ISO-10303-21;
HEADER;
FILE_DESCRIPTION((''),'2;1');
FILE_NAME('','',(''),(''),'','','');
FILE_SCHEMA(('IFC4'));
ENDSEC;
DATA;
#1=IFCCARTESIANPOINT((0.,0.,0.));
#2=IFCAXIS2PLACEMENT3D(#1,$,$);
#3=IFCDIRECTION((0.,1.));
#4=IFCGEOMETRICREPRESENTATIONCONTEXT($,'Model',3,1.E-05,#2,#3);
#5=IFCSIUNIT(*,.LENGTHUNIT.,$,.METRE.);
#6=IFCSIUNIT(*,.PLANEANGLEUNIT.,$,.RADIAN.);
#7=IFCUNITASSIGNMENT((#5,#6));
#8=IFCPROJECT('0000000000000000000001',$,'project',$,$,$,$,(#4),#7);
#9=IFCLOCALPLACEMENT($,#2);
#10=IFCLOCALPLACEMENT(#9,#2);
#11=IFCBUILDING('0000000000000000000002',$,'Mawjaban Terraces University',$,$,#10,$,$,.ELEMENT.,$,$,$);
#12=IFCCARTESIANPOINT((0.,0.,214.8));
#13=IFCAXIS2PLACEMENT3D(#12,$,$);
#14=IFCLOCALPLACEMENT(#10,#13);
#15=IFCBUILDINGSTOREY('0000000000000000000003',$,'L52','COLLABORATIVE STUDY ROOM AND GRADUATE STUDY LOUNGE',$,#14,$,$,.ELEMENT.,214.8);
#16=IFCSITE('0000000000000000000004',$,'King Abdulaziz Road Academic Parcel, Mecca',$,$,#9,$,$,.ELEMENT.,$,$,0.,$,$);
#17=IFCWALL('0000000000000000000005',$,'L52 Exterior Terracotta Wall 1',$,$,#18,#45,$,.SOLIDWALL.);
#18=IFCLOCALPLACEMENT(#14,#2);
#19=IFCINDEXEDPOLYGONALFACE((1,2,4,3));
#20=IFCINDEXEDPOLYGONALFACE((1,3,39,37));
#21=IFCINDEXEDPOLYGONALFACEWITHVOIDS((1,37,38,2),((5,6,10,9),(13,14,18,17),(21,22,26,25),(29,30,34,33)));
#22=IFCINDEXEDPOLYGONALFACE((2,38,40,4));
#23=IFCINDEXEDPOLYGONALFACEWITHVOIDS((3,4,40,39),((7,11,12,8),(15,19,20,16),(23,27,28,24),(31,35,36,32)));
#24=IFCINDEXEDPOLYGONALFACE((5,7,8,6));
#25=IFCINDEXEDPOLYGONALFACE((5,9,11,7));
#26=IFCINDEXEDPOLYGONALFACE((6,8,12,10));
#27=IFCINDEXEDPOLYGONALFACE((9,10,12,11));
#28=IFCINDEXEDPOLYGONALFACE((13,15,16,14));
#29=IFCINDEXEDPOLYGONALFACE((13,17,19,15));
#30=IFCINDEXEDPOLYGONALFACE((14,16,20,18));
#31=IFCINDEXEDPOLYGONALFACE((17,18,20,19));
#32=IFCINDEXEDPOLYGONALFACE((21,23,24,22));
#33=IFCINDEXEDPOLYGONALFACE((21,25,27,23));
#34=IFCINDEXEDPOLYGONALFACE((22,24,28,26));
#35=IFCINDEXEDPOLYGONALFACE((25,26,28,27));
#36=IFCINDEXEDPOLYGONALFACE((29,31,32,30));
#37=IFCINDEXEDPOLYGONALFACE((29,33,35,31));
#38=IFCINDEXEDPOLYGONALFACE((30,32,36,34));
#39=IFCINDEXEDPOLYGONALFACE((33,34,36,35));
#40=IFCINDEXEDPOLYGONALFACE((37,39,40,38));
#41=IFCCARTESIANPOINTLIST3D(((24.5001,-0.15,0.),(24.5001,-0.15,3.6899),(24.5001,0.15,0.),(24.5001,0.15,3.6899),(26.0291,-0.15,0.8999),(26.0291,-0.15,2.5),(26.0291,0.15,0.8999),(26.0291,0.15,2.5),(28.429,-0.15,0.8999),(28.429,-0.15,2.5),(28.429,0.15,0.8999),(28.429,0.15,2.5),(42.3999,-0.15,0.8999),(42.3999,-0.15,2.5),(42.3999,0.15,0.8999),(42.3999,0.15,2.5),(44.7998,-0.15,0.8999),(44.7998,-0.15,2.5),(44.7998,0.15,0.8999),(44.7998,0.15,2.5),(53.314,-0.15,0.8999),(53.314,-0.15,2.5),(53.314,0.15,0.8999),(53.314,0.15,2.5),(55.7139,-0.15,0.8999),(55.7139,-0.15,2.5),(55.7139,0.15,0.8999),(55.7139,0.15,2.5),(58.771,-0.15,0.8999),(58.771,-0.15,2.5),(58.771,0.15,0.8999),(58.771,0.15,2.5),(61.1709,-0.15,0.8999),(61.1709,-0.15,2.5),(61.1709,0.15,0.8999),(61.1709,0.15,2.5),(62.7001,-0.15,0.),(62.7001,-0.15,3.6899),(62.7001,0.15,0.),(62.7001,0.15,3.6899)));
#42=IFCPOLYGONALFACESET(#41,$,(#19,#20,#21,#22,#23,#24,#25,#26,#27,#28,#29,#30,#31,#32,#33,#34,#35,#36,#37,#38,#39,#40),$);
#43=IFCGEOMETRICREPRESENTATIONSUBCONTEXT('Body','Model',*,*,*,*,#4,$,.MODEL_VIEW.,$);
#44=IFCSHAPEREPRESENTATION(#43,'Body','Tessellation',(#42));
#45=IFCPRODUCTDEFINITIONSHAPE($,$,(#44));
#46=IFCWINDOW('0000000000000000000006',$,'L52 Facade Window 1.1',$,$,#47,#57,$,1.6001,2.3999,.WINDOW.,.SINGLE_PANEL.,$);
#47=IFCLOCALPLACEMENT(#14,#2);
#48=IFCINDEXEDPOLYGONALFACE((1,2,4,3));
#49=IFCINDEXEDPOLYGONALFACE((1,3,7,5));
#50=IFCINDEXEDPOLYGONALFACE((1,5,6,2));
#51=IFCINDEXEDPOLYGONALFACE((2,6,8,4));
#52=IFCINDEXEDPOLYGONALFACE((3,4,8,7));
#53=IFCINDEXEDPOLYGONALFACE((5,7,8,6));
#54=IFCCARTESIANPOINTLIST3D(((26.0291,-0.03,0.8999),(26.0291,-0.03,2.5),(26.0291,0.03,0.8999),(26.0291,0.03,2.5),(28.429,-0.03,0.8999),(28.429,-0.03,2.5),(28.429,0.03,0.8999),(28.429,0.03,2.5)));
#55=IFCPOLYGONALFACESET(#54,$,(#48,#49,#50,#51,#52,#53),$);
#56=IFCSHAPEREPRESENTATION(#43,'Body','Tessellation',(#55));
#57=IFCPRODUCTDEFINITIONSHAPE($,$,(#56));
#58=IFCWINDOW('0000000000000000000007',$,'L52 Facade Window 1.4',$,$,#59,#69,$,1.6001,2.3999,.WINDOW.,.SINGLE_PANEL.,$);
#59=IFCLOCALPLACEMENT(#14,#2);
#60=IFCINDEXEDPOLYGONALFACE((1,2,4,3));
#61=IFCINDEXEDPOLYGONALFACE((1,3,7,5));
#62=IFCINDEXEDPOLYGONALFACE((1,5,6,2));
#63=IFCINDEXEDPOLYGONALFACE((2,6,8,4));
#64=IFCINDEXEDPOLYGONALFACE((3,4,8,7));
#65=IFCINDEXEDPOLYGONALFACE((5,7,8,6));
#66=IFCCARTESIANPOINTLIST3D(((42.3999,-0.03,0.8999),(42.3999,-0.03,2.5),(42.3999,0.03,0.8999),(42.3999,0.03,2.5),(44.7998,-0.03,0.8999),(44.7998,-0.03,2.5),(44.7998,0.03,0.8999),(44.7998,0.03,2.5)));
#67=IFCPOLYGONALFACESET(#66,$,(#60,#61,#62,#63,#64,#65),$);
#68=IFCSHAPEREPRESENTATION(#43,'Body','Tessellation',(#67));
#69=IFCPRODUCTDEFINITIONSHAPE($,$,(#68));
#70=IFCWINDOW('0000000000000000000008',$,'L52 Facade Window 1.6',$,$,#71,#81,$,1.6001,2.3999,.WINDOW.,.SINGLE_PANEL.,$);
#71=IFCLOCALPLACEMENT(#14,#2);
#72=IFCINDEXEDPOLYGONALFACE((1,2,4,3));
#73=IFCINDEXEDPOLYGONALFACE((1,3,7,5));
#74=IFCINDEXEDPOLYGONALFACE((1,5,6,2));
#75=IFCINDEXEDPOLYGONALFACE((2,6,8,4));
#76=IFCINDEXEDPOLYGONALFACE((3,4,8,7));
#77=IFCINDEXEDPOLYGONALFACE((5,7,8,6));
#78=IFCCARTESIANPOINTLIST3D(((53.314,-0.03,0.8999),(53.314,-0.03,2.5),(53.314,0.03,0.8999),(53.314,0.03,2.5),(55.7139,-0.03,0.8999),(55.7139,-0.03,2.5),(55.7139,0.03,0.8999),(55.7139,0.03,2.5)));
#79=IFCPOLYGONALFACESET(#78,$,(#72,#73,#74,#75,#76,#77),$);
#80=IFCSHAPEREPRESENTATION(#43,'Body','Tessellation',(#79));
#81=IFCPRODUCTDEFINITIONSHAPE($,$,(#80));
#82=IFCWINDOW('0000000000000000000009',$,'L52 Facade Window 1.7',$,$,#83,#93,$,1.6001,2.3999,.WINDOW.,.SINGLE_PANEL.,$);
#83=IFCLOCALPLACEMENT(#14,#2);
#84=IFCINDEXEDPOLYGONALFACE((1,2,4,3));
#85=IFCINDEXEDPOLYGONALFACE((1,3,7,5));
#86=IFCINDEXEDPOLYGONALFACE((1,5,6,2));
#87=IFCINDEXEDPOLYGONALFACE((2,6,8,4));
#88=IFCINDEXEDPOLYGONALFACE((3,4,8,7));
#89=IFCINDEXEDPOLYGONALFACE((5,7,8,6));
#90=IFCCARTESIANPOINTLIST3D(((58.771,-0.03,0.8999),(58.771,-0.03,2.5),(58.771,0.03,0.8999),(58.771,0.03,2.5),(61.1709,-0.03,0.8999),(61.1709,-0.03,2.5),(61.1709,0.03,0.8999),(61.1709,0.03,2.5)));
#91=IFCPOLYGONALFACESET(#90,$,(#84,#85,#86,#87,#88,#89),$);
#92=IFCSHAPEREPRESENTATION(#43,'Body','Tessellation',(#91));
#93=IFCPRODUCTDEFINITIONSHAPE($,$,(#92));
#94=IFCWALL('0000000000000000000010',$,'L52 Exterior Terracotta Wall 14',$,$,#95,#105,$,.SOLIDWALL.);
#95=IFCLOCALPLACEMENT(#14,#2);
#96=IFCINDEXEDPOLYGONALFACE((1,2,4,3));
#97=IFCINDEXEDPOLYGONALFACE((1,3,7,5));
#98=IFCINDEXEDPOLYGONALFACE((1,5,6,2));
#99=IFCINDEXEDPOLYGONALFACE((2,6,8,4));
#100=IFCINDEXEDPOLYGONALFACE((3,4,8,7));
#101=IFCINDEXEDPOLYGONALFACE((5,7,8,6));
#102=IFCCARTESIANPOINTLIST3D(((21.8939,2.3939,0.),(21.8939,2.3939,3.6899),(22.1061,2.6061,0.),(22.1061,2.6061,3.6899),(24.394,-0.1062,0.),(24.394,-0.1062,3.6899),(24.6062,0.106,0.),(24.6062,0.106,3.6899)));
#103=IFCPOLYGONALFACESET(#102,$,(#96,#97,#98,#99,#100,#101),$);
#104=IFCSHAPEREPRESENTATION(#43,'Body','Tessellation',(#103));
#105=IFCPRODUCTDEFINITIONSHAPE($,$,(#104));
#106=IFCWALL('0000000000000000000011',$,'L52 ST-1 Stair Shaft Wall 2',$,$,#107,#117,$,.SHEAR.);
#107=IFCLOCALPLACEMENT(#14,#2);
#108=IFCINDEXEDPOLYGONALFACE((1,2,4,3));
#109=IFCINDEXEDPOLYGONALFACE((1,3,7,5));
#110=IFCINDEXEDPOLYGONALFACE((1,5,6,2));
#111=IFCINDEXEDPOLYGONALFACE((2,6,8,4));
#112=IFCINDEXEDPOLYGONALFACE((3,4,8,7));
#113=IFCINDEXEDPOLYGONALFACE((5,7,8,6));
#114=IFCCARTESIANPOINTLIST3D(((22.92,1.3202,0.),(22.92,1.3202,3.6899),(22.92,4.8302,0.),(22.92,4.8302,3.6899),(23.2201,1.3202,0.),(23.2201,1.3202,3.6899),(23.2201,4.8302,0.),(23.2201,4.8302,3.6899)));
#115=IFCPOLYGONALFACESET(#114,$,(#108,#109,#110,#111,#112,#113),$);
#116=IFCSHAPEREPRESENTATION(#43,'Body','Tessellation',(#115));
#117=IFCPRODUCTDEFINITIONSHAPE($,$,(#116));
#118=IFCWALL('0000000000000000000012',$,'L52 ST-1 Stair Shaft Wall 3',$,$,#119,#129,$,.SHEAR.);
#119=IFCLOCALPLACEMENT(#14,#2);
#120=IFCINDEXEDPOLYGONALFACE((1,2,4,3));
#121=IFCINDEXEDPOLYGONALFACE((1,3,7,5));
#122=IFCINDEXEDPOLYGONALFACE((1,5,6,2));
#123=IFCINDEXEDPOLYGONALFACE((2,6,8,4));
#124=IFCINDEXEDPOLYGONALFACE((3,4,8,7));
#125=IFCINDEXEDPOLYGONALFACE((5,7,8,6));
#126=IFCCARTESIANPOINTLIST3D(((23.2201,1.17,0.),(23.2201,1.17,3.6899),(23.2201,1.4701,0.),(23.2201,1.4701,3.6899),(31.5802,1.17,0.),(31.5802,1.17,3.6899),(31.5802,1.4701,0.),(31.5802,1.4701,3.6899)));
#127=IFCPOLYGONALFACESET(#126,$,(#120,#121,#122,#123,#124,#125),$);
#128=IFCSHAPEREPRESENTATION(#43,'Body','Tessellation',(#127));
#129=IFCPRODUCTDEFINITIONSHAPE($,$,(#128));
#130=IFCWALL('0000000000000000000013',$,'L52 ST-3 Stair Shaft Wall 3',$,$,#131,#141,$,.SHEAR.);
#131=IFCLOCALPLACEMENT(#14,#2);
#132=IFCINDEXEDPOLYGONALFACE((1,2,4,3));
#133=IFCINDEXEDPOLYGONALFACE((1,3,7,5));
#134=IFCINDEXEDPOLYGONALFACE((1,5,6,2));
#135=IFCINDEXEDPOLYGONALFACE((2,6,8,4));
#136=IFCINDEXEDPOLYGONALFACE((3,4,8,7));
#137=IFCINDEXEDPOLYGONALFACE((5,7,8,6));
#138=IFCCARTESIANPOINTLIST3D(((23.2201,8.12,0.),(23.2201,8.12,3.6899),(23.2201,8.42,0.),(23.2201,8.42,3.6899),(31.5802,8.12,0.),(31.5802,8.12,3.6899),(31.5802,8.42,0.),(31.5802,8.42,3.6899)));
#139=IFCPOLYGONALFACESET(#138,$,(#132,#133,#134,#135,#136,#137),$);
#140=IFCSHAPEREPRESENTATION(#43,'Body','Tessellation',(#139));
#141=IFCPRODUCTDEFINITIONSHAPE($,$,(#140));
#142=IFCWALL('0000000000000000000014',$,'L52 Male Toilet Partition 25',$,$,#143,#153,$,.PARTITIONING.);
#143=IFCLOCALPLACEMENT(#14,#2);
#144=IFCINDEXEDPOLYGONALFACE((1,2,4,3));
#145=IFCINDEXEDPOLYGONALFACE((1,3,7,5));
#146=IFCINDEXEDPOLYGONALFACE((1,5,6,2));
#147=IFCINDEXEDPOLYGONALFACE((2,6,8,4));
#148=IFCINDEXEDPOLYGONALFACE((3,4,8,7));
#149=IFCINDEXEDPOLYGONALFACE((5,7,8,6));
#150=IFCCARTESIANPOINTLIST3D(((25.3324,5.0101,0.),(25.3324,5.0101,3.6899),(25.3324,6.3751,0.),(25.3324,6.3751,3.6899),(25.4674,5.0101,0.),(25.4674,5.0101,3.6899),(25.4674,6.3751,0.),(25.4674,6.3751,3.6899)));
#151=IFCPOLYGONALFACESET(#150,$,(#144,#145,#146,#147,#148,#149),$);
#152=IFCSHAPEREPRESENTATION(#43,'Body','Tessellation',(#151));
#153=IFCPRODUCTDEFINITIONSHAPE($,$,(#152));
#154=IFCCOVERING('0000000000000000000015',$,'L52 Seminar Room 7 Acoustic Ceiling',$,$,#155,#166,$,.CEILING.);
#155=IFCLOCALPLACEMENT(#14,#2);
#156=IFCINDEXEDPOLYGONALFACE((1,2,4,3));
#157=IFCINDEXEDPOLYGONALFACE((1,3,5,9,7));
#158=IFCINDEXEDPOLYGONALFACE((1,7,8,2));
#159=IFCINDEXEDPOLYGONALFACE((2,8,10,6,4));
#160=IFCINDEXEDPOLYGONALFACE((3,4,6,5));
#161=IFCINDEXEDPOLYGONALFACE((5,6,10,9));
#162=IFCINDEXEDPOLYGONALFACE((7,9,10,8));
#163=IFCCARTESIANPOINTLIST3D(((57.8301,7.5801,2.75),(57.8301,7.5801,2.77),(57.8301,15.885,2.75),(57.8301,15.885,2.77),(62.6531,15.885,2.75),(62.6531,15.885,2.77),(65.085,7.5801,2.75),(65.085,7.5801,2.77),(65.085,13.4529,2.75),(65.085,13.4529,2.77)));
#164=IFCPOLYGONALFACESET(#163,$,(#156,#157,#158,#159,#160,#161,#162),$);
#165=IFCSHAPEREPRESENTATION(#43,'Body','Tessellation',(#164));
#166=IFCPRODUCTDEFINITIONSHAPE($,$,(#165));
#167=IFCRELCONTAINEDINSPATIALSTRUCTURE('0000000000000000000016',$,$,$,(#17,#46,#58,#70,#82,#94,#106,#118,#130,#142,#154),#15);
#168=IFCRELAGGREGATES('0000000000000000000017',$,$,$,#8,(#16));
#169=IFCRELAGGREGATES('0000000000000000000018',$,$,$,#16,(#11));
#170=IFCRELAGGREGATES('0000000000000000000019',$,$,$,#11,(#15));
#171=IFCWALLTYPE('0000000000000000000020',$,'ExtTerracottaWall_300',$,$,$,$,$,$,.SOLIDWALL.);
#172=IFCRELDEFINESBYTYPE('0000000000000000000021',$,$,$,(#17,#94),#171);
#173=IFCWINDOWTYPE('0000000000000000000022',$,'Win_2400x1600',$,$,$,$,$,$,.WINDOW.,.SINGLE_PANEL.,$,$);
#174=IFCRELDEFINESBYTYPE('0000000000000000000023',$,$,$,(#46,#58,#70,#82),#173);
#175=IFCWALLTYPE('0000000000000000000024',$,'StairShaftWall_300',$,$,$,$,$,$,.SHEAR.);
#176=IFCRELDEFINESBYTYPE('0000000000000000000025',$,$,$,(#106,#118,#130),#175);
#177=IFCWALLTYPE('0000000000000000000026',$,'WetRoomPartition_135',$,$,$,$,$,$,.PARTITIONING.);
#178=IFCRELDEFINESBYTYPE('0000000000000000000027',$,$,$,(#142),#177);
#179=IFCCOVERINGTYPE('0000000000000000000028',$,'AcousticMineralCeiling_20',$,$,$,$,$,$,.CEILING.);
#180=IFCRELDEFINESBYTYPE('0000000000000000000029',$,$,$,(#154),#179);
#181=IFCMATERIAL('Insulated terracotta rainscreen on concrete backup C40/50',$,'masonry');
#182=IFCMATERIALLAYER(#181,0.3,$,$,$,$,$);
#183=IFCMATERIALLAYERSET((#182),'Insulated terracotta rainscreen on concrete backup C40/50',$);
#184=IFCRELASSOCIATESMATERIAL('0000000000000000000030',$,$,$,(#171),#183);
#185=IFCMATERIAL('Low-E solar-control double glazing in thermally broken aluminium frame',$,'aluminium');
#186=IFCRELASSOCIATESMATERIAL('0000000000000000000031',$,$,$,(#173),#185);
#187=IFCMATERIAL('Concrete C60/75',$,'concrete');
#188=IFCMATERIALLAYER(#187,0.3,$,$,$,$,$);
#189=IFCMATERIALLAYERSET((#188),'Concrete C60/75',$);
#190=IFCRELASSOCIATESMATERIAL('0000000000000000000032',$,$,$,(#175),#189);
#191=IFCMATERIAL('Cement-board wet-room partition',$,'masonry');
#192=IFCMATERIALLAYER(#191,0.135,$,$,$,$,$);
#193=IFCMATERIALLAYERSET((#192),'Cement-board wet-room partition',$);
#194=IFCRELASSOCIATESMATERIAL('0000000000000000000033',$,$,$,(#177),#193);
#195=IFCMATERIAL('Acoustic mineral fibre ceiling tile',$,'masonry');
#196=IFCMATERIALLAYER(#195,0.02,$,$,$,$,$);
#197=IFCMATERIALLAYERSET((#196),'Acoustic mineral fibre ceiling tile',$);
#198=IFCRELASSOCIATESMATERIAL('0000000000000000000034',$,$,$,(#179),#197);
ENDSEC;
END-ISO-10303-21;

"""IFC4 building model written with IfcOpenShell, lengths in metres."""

from ifc_helpers import new_model, si_unit, direction, frame, frame_2d, origin, place, context, subcontext, project, spatial, polyline, rectangle, outline, extrude, material, layer, layer_set, type_object, element, fill, save


model = new_model("IFC4")

# Units and contexts
model_context = context("Model", 3, precision=1e-05, world=origin(), true_north=direction((0.0, 1.0)))
body_context = subcontext(model_context, "Body", "Model", "MODEL_VIEW")
ifc_project = project(units=[si_unit("LENGTHUNIT", "METRE"), si_unit("PLANEANGLEUNIT", "RADIAN")], contexts=[model_context])

# Site, building, storey
site_placement = place(None, origin())
site = spatial("IfcSite", under=ifc_project, at=site_placement, Name="King Abdulaziz Road Academic Parcel, Mecca", CompositionType="ELEMENT", RefElevation=0.0)
building_placement = place(site_placement, origin())
building = spatial("IfcBuilding", under=site, at=building_placement, Name="Mawjaban Terraces University", CompositionType="ELEMENT")
storey_placement = place(building_placement, frame((0.0, 0.0, 214.8)))
storey = spatial("IfcBuildingStorey", under=building, at=storey_placement, Name="L52", Description="COLLABORATIVE STUDY ROOM AND GRADUATE STUDY LOUNGE", CompositionType="ELEMENT", Elevation=214.8)

# Shared definitions
ifc_material_1 = material(Name="Concrete C60/75", Category="concrete")

# Wall, openings, windows
ifc_material_2 = material(Name="Insulated terracotta rainscreen on concrete backup C40/50", Category="masonry")
ifc_layer_1 = layer(ifc_material_2, 0.3)
ifc_layer_set_1 = layer_set([ifc_layer_1], Name="Insulated terracotta rainscreen on concrete backup C40/50")
wall_type_1 = type_object("IfcWallType", Name="ExtTerracottaWall_300", PredefinedType="SOLIDWALL", material=ifc_layer_set_1)
wall_1_placement = place(storey_placement, frame((24.5, 0.0, 0.0), z_axis=(0.0, 0.0, 1.0), x_axis=(1.0, 0.0, 0.0)))
wall_1 = element("IfcWall", 1, at=wall_1_placement, inside=storey, type_object=wall_type_1, Name="L52 Exterior Terracotta Wall 1", PredefinedType="SOLIDWALL", context=body_context, shape_type="SweptSolid", body=[
    extrude(rectangle(XDim=38.2, YDim=0.3, at=frame_2d((19.1001, 0.0))), origin(), (0.0, 0.0, 1.0), 3.6899),
])
opening_1_placement = place(wall_1_placement, frame((1.5291, 0.0, 0.8999)))
opening_1 = element("IfcOpeningElement", 2, at=opening_1_placement, cuts=wall_1, PredefinedType="OPENING", context=body_context, shape_type="SweptSolid", body=[
    extrude(rectangle(XDim=2.3999, YDim=1.6001, at=frame_2d((1.2, 0.8))), frame((0.0, 0.1599, 0.0), z_axis=(0.0, -1.0, 0.0), x_axis=(1.0, 0.0, 0.0)), (0.0, 0.0, 1.0), 0.3201),
])
opening_2_placement = place(wall_1_placement, frame((17.8999, 0.0, 0.8999)))
opening_2 = element("IfcOpeningElement", 3, at=opening_2_placement, cuts=wall_1, PredefinedType="OPENING", context=body_context, shape_type="SweptSolid", body=[
    extrude(rectangle(XDim=2.3999, YDim=1.6001, at=frame_2d((1.2, 0.8))), frame((0.0, 0.1599, 0.0), z_axis=(0.0, -1.0, 0.0), x_axis=(1.0, 0.0, 0.0)), (0.0, 0.0, 1.0), 0.3201),
])
opening_3_placement = place(wall_1_placement, frame((28.814, 0.0, 0.8999)))
opening_3 = element("IfcOpeningElement", 4, at=opening_3_placement, cuts=wall_1, PredefinedType="OPENING", context=body_context, shape_type="SweptSolid", body=[
    extrude(rectangle(XDim=2.3999, YDim=1.6001, at=frame_2d((1.2, 0.8))), frame((0.0, 0.1599, 0.0), z_axis=(0.0, -1.0, 0.0), x_axis=(1.0, 0.0, 0.0)), (0.0, 0.0, 1.0), 0.3201),
])
opening_4_placement = place(wall_1_placement, frame((34.271, 0.0, 0.8999)))
opening_4 = element("IfcOpeningElement", 5, at=opening_4_placement, cuts=wall_1, PredefinedType="OPENING", context=body_context, shape_type="SweptSolid", body=[
    extrude(rectangle(XDim=2.3999, YDim=1.6001, at=frame_2d((1.2, 0.8))), frame((0.0, 0.1599, 0.0), z_axis=(0.0, -1.0, 0.0), x_axis=(1.0, 0.0, 0.0)), (0.0, 0.0, 1.0), 0.3201),
])
ifc_material_3 = material(Name="Low-E solar-control double glazing in thermally broken aluminium frame", Category="aluminium")
window_type = type_object("IfcWindowType", Name="Win_2400x1600", PartitioningType="SINGLE_PANEL", PredefinedType="WINDOW", material=ifc_material_3)
window_1_placement = place(opening_1_placement, origin())
window_1 = element("IfcWindow", 6, at=window_1_placement, inside=storey, type_object=window_type, Name="L52 Facade Window 1.1", OverallHeight=1.6001, OverallWidth=2.3999, PartitioningType="SINGLE_PANEL", PredefinedType="WINDOW", context=body_context, shape_type="SweptSolid", body=[
    extrude(rectangle(XDim=2.3999, YDim=1.6001, at=frame_2d((1.2, 0.8))), frame((0.0, 0.03, 0.0), z_axis=(0.0, -1.0, 0.0), x_axis=(1.0, 0.0, 0.0)), (0.0, 0.0, 1.0), 0.0601),
])
fill(opening_1, window_1)
window_2_placement = place(opening_2_placement, origin())
window_2 = element("IfcWindow", 7, at=window_2_placement, inside=storey, type_object=window_type, Name="L52 Facade Window 1.4", OverallHeight=1.6001, OverallWidth=2.3999, PartitioningType="SINGLE_PANEL", PredefinedType="WINDOW", context=body_context, shape_type="SweptSolid", body=[
    extrude(rectangle(XDim=2.3999, YDim=1.6001, at=frame_2d((1.2, 0.8))), frame((0.0, 0.03, 0.0), z_axis=(0.0, -1.0, 0.0), x_axis=(1.0, 0.0, 0.0)), (0.0, 0.0, 1.0), 0.0601),
])
fill(opening_2, window_2)
window_3_placement = place(opening_3_placement, origin())
window_3 = element("IfcWindow", 8, at=window_3_placement, inside=storey, type_object=window_type, Name="L52 Facade Window 1.6", OverallHeight=1.6001, OverallWidth=2.3999, PartitioningType="SINGLE_PANEL", PredefinedType="WINDOW", context=body_context, shape_type="SweptSolid", body=[
    extrude(rectangle(XDim=2.3999, YDim=1.6001, at=frame_2d((1.2, 0.8))), frame((0.0, 0.03, 0.0), z_axis=(0.0, -1.0, 0.0), x_axis=(1.0, 0.0, 0.0)), (0.0, 0.0, 1.0), 0.0601),
])
fill(opening_3, window_3)
window_4_placement = place(opening_4_placement, origin())
window_4 = element("IfcWindow", 9, at=window_4_placement, inside=storey, type_object=window_type, Name="L52 Facade Window 1.7", OverallHeight=1.6001, OverallWidth=2.3999, PartitioningType="SINGLE_PANEL", PredefinedType="WINDOW", context=body_context, shape_type="SweptSolid", body=[
    extrude(rectangle(XDim=2.3999, YDim=1.6001, at=frame_2d((1.2, 0.8))), frame((0.0, 0.03, 0.0), z_axis=(0.0, -1.0, 0.0), x_axis=(1.0, 0.0, 0.0)), (0.0, 0.0, 1.0), 0.0601),
])
fill(opening_4, window_4)

# Walls
wall_2_placement = place(storey_placement, frame((22.0, 2.5, 0.0), z_axis=(0.0, 0.0, 1.0), x_axis=(0.707107, -0.707107, 0.0)))
element("IfcWall", 10, at=wall_2_placement, inside=storey, type_object=wall_type_1, Name="L52 Exterior Terracotta Wall 14", PredefinedType="SOLIDWALL", context=body_context, shape_type="SweptSolid", body=[
    extrude(rectangle(XDim=3.5356, YDim=0.3, at=frame_2d((1.7678, 0.0))), origin(), (0.0, 0.0, 1.0), 3.6899),
])
ifc_layer_2 = layer(ifc_material_1, 0.3)
ifc_layer_set_2 = layer_set([ifc_layer_2], Name="Concrete C60/75")
wall_type_2 = type_object("IfcWallType", Name="StairShaftWall_300", PredefinedType="SHEAR", material=ifc_layer_set_2)
wall_3_placement = place(storey_placement, frame((23.0701, 4.8301, 0.0), z_axis=(0.0, 0.0, 1.0), x_axis=(0.0, -1.0, 0.0)))
element("IfcWall", 11, at=wall_3_placement, inside=storey, type_object=wall_type_2, Name="L52 ST-1 Stair Shaft Wall 2", PredefinedType="SHEAR", context=body_context, shape_type="SweptSolid", body=[
    extrude(rectangle(XDim=3.51, YDim=0.3, at=frame_2d((1.7549, 0.0))), origin(), (0.0, 0.0, 1.0), 3.6899),
])
for number, where, z_axis, x_axis, name in (
    (12, (23.22, 1.3201, 0.0), (0.0, 0.0, 1.0), (1.0, 0.0, 0.0), "L52 ST-1 Stair Shaft Wall 3"),
    (13, (23.22, 8.27, 0.0), (0.0, 0.0, 1.0), (1.0, 0.0, 0.0), "L52 ST-3 Stair Shaft Wall 3"),
):
    element("IfcWall", number, at=place(storey_placement, frame(where, z_axis=z_axis, x_axis=x_axis)), inside=storey, type_object=wall_type_2, Name=name, PredefinedType="SHEAR", context=body_context, shape_type="SweptSolid", body=[
        extrude(rectangle(XDim=8.3601, YDim=0.3, at=frame_2d((4.1802, 0.0))), origin(), (0.0, 0.0, 1.0), 3.6899),
    ])
ifc_material_4 = material(Name="Cement-board wet-room partition", Category="masonry")
ifc_layer_3 = layer(ifc_material_4, 0.135)
ifc_layer_set_3 = layer_set([ifc_layer_3], Name="Cement-board wet-room partition")
wall_type_3 = type_object("IfcWallType", Name="WetRoomPartition_135", PredefinedType="PARTITIONING", material=ifc_layer_set_3)
wall_4_placement = place(storey_placement, frame((25.3999, 5.01, 0.0), z_axis=(0.0, 0.0, 1.0), x_axis=(0.0, 1.0, 0.0)))
element("IfcWall", 14, at=wall_4_placement, inside=storey, type_object=wall_type_3, Name="L52 Male Toilet Partition 25", PredefinedType="PARTITIONING", context=body_context, shape_type="SweptSolid", body=[
    extrude(rectangle(XDim=1.365, YDim=0.135, at=frame_2d((0.6826, 0.0))), origin(), (0.0, 0.0, 1.0), 3.6899),
])

# Covering
ifc_material_5 = material(Name="Acoustic mineral fibre ceiling tile", Category="masonry")
ifc_layer_4 = layer(ifc_material_5, 0.02)
ifc_layer_set_4 = layer_set([ifc_layer_4], Name="Acoustic mineral fibre ceiling tile")
covering_type_1 = type_object("IfcCoveringType", Name="AcousticMineralCeiling_20", PredefinedType="CEILING", material=ifc_layer_set_4)
covering_1_placement = place(storey_placement, frame((0.0, 0.0, 2.75)))
element("IfcCovering", 15, at=covering_1_placement, inside=storey, type_object=covering_type_1, Name="L52 Seminar Room 7 Acoustic Ceiling", PredefinedType="CEILING", context=body_context, shape_type="SweptSolid", body=[
    extrude(outline(polyline([(65.085, 7.5801), (65.085, 13.4529), (62.6531, 15.885), (57.8301, 15.885), (57.8301, 7.5801), (65.085, 7.5801)])), origin(), (0.0, 0.0, 1.0), 0.02),
])

save(model, "model.ifc")
